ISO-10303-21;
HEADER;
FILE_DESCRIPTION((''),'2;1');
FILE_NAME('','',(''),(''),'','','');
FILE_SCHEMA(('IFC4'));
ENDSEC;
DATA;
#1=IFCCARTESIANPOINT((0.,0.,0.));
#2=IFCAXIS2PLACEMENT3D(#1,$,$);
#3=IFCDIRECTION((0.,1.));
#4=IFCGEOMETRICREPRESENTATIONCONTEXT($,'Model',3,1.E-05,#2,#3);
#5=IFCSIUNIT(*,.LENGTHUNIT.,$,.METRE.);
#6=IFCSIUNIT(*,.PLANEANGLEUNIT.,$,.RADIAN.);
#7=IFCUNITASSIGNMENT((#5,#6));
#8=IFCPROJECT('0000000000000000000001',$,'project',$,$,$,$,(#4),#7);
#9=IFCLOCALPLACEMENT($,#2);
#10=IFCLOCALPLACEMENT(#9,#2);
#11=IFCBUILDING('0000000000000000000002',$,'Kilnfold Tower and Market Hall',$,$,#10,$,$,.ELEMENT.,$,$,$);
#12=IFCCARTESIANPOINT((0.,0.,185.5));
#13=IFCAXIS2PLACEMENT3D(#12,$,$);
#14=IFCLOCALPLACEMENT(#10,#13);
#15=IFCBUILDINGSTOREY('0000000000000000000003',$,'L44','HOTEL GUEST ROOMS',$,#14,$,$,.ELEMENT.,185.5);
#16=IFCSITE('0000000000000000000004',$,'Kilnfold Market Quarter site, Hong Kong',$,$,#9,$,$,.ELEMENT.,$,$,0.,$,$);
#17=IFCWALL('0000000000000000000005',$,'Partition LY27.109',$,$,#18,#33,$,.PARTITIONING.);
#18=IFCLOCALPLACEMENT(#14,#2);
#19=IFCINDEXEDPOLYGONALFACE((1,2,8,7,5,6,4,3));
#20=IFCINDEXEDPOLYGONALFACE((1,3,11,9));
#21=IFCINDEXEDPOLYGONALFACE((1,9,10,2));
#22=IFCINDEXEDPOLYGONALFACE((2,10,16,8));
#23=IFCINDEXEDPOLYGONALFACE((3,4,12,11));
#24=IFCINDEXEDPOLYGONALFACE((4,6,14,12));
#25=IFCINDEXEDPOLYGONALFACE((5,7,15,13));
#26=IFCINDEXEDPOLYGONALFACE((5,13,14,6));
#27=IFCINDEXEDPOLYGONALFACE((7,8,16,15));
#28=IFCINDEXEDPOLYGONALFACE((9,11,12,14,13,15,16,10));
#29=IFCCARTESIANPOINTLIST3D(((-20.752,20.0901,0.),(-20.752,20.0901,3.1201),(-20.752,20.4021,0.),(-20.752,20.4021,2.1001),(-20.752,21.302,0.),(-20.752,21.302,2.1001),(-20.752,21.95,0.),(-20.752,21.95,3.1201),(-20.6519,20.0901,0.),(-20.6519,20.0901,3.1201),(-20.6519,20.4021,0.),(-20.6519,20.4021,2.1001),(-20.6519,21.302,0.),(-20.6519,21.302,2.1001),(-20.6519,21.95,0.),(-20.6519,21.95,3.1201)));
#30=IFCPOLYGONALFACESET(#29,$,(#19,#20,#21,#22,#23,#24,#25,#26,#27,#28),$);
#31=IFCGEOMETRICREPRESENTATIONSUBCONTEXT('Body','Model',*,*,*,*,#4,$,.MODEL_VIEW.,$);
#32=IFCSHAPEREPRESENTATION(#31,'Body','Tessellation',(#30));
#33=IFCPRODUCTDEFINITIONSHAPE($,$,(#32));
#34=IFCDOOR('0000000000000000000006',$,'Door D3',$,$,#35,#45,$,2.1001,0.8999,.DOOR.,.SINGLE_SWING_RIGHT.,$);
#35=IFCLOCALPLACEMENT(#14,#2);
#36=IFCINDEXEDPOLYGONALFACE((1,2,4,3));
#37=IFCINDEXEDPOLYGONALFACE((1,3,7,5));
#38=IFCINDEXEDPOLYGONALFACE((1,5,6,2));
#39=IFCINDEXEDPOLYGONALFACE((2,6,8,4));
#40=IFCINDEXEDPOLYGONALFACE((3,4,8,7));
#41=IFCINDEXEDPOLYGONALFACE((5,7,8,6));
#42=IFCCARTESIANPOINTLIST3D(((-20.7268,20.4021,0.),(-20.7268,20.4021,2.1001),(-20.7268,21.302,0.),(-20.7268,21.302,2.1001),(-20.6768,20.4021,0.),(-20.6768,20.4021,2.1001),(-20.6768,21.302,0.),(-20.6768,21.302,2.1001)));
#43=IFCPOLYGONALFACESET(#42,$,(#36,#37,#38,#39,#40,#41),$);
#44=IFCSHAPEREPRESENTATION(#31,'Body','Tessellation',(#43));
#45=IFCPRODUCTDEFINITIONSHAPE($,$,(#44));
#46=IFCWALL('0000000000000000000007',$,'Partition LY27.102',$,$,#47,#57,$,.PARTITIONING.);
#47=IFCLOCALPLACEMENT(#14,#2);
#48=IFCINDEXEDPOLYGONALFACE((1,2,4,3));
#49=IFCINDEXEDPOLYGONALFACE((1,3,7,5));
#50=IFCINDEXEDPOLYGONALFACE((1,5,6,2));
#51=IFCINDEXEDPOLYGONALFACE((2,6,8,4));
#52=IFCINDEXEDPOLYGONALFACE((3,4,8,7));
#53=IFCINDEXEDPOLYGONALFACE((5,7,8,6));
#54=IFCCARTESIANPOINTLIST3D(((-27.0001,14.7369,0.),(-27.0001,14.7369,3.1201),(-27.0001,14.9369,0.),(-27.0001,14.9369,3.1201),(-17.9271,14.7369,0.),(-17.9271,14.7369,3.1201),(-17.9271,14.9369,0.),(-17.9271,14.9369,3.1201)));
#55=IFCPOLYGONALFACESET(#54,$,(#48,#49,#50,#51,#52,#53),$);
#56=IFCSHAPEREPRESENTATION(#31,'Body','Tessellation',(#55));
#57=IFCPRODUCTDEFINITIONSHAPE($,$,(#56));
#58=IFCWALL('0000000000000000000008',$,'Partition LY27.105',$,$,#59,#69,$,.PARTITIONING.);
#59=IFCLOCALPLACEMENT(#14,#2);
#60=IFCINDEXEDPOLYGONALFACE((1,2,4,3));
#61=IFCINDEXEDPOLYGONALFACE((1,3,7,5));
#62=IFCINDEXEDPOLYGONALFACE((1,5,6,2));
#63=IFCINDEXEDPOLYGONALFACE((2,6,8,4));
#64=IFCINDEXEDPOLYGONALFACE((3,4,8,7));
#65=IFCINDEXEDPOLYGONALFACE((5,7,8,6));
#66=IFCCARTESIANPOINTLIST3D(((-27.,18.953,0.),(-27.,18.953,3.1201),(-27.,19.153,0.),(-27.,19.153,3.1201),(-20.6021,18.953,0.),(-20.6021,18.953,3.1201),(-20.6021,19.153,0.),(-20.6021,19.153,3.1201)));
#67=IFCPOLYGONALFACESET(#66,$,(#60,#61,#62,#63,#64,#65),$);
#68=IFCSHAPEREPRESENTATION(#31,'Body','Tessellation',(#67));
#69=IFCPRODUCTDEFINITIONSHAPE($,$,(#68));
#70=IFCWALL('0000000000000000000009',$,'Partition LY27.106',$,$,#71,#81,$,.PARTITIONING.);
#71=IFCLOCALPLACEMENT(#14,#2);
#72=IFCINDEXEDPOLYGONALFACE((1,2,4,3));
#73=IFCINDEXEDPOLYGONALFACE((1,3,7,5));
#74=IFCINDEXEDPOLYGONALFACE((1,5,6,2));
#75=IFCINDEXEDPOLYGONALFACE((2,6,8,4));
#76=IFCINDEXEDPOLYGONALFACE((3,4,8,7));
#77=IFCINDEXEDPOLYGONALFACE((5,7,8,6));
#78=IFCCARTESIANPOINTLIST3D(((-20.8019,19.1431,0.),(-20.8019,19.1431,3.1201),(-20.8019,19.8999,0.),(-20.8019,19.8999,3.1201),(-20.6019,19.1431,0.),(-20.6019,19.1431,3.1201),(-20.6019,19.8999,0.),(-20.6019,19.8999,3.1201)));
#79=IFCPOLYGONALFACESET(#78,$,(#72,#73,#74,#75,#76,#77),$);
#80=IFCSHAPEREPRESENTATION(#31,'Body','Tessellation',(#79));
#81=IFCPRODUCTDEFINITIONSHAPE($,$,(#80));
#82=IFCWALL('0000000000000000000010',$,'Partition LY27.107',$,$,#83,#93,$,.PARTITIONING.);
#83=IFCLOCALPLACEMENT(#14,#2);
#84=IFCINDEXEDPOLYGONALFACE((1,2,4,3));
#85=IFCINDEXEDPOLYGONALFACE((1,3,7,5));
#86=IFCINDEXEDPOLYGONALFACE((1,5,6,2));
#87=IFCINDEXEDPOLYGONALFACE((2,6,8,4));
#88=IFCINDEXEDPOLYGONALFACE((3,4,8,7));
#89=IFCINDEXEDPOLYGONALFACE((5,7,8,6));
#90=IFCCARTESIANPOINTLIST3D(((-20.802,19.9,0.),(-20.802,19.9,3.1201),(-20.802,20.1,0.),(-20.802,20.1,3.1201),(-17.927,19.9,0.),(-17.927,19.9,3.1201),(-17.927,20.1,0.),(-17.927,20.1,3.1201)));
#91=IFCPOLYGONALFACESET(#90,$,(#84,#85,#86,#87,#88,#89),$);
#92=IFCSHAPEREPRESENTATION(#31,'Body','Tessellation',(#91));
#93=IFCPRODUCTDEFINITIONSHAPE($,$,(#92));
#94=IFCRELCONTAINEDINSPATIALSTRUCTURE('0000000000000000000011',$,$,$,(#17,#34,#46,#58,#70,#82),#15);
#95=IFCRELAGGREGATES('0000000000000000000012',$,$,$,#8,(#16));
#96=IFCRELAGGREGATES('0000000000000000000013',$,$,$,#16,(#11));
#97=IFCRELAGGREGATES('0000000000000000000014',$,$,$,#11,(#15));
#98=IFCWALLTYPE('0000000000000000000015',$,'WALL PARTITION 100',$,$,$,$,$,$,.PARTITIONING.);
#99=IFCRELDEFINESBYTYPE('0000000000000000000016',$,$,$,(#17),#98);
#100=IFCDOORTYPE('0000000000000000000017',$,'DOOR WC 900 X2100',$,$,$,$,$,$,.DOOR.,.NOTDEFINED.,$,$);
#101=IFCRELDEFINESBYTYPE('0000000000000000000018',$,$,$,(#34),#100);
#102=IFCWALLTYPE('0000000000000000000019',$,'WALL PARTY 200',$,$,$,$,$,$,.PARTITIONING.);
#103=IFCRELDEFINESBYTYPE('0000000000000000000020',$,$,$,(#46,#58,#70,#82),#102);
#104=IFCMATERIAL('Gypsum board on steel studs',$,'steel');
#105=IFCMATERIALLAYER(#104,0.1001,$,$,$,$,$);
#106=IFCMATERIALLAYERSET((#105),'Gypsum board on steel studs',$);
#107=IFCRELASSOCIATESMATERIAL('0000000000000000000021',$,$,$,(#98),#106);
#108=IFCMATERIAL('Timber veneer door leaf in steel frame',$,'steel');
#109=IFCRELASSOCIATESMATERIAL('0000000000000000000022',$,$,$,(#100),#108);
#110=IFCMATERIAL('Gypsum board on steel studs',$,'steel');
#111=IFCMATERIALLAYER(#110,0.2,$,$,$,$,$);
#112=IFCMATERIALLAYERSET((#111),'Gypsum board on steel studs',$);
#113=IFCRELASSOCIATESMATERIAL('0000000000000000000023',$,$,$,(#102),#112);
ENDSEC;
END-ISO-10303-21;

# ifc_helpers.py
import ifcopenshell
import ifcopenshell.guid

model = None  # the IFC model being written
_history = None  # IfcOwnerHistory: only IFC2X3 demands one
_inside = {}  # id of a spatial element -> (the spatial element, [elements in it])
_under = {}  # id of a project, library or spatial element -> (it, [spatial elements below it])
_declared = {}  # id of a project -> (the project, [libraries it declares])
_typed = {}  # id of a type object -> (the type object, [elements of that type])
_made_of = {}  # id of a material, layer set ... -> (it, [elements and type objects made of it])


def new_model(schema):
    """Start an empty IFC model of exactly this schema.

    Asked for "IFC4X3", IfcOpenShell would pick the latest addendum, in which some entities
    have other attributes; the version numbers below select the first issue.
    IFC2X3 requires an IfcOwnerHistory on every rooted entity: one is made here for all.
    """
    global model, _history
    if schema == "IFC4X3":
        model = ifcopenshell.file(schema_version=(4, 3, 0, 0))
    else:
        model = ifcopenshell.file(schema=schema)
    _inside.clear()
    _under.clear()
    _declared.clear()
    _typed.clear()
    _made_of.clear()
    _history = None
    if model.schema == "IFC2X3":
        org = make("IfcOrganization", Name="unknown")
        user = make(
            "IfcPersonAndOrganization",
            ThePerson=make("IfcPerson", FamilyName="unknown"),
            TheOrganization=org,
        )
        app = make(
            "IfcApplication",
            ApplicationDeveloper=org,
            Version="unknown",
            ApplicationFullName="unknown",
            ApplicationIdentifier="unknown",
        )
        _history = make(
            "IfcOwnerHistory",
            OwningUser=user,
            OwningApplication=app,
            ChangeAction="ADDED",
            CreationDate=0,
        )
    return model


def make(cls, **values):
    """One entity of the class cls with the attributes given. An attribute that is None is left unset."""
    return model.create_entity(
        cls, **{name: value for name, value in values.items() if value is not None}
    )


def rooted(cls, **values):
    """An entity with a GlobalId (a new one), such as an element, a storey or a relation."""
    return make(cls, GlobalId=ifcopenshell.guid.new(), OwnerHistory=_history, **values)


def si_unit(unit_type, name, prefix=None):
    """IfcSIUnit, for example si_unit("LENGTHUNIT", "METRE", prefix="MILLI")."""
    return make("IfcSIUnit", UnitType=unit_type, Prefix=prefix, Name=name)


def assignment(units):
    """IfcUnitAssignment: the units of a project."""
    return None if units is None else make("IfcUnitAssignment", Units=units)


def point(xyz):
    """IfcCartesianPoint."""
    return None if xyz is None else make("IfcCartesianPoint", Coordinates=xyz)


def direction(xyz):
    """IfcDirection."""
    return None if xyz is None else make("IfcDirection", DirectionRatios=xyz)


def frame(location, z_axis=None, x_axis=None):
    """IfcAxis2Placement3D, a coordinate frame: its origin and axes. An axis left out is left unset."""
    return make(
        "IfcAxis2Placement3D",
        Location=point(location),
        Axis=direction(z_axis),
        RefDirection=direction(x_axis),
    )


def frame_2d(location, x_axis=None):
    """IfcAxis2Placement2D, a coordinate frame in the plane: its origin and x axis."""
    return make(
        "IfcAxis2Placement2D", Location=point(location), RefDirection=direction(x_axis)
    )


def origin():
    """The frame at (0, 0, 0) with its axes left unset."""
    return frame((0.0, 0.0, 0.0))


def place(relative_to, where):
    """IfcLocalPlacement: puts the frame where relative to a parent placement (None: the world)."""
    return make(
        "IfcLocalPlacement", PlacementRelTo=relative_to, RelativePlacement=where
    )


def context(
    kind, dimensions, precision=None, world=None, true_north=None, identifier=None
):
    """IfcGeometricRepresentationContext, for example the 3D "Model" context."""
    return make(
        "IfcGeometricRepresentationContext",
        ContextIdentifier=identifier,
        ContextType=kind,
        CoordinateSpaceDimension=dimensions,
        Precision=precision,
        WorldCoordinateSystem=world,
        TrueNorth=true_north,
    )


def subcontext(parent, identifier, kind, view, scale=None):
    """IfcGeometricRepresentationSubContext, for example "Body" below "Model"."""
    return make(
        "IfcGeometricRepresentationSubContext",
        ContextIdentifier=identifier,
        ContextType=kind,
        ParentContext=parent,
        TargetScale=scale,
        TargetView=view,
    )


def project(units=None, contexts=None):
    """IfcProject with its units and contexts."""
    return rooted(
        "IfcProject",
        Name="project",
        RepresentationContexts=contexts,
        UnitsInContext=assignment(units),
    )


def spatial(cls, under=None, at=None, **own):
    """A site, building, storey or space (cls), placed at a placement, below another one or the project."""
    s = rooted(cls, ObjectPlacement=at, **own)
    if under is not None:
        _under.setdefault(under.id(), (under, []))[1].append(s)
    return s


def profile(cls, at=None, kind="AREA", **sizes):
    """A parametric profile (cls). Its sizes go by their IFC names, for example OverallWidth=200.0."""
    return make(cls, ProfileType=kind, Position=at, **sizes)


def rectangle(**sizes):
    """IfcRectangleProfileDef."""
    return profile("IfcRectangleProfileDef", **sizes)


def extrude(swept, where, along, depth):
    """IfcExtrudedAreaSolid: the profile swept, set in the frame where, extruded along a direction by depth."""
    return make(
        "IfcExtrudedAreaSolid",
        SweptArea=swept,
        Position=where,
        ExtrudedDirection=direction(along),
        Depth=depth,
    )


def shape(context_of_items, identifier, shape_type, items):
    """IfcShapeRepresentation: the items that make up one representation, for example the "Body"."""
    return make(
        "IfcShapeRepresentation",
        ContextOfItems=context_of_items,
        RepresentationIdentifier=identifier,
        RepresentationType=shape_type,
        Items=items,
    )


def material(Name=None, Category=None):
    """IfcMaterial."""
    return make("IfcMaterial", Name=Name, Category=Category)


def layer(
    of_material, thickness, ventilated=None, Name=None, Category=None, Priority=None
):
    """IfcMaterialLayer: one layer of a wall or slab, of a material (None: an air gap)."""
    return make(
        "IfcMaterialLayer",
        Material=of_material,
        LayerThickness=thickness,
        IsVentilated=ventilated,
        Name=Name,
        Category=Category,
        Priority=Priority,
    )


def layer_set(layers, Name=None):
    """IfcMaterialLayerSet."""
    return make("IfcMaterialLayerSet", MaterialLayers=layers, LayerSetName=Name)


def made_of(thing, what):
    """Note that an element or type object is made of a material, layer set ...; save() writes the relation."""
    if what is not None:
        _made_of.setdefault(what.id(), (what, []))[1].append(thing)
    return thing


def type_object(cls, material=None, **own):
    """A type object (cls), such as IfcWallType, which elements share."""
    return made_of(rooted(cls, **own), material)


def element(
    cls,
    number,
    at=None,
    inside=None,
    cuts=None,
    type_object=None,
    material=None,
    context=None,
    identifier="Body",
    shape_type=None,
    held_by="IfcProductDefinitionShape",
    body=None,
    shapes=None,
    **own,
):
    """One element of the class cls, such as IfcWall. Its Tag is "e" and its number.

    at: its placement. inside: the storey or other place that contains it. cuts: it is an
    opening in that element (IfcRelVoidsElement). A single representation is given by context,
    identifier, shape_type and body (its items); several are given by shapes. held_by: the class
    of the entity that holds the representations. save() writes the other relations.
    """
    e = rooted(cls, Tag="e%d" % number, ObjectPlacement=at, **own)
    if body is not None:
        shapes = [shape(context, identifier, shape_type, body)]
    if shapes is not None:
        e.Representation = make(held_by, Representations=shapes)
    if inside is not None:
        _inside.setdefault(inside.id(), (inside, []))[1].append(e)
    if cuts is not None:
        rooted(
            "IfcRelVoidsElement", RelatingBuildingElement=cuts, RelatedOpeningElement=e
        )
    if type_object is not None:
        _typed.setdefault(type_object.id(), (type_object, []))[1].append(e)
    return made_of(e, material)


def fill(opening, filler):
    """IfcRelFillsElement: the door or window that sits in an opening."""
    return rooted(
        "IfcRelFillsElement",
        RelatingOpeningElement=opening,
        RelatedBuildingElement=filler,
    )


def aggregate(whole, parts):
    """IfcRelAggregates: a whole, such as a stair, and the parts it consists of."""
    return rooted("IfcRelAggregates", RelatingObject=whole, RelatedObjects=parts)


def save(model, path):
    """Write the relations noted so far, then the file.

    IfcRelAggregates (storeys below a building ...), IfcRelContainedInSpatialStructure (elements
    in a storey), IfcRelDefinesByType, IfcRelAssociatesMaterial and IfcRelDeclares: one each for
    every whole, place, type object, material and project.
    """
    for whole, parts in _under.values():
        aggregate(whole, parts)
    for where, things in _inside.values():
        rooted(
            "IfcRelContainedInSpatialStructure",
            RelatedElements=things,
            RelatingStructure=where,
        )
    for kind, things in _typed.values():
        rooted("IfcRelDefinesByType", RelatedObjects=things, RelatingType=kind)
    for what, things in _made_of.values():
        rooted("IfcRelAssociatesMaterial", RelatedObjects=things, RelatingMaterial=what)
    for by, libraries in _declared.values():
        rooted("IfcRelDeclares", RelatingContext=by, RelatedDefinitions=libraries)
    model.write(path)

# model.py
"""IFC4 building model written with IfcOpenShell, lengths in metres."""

from ifc_helpers import new_model, si_unit, direction, frame, frame_2d, origin, place, context, subcontext, project, spatial, rectangle, extrude, material, layer, layer_set, type_object, element, fill, save


model = new_model("IFC4")

# Units and contexts
model_context = context("Model", 3, precision=1e-05, world=origin(), true_north=direction((0.0, 1.0)))
body_context = subcontext(model_context, "Body", "Model", "MODEL_VIEW")
ifc_project = project(units=[si_unit("LENGTHUNIT", "METRE"), si_unit("PLANEANGLEUNIT", "RADIAN")], contexts=[model_context])

# Site, building, storey
site_placement = place(None, origin())
site = spatial("IfcSite", under=ifc_project, at=site_placement, Name="Kilnfold Market Quarter site, Hong Kong", CompositionType="ELEMENT", RefElevation=0.0)
building_placement = place(site_placement, origin())
building = spatial("IfcBuilding", under=site, at=building_placement, Name="Kilnfold Tower and Market Hall", CompositionType="ELEMENT")
storey_placement = place(building_placement, frame((0.0, 0.0, 185.5)))
storey = spatial("IfcBuildingStorey", under=building, at=storey_placement, Name="L44", Description="HOTEL GUEST ROOMS", CompositionType="ELEMENT", Elevation=185.5)

# Shared definitions
ifc_material_1 = material(Name="Gypsum board on steel studs", Category="steel")
ifc_layer_1 = layer(ifc_material_1, 0.1001)
ifc_layer_set_1 = layer_set([ifc_layer_1], Name="Gypsum board on steel studs")
wall_type_1 = type_object("IfcWallType", Name="WALL PARTITION 100", PredefinedType="PARTITIONING", material=ifc_layer_set_1)
ifc_material_2 = material(Name="Timber veneer door leaf in steel frame", Category="steel")
door_type_1 = type_object("IfcDoorType", Name="DOOR WC 900 X2100", OperationType="NOTDEFINED", PredefinedType="DOOR", material=ifc_material_2)

# Wall, opening, door
wall_1_placement = place(storey_placement, frame((-20.7019, 20.0901, 0.0), z_axis=(0.0, 0.0, 1.0), x_axis=(0.0, 1.0, 0.0)))
wall_1 = element("IfcWall", 1, at=wall_1_placement, inside=storey, type_object=wall_type_1, Name="Partition LY27.109", PredefinedType="PARTITIONING", context=body_context, shape_type="SweptSolid", body=[
    extrude(rectangle(XDim=1.8599, YDim=0.1001, at=frame_2d((0.9299, 0.0))), origin(), (0.0, 0.0, 1.0), 3.1201),
])
opening_1_placement = place(wall_1_placement, frame((0.312, 0.0, 0.0)))
opening_1 = element("IfcOpeningElement", 2, at=opening_1_placement, cuts=wall_1, PredefinedType="OPENING", context=body_context, shape_type="SweptSolid", body=[
    extrude(rectangle(XDim=0.8999, YDim=2.1001, at=frame_2d((0.45, 1.05))), frame((0.0, 0.0601, 0.0), z_axis=(0.0, -1.0, 0.0), x_axis=(1.0, 0.0, 0.0)), (0.0, 0.0, 1.0), 0.1201),
])
door_1_placement = place(opening_1_placement, origin())
door_1 = element("IfcDoor", 3, at=door_1_placement, inside=storey, type_object=door_type_1, Name="Door D3", OperationType="SINGLE_SWING_RIGHT", OverallHeight=2.1001, OverallWidth=0.8999, PredefinedType="DOOR", context=body_context, shape_type="SweptSolid", body=[
    extrude(rectangle(XDim=0.8999, YDim=2.1001, at=frame_2d((0.45, 1.05))), frame((0.0, 0.0249, 0.0), z_axis=(0.0, -1.0, 0.0), x_axis=(1.0, 0.0, 0.0)), (0.0, 0.0, 1.0), 0.05),
])
fill(opening_1, door_1)

# Walls
ifc_material_3 = material(Name="Gypsum board on steel studs", Category="steel")
ifc_layer_2 = layer(ifc_material_3, 0.2)
ifc_layer_set_2 = layer_set([ifc_layer_2], Name="Gypsum board on steel studs")
wall_type_2 = type_object("IfcWallType", Name="WALL PARTY 200", PredefinedType="PARTITIONING", material=ifc_layer_set_2)
wall_2_placement = place(storey_placement, frame((-17.927, 14.8369, 0.0), z_axis=(0.0, 0.0, 1.0), x_axis=(-1.0, 0.0, 0.0)))
element("IfcWall", 4, at=wall_2_placement, inside=storey, type_object=wall_type_2, Name="Partition LY27.102", PredefinedType="PARTITIONING", context=body_context, shape_type="SweptSolid", body=[
    extrude(rectangle(XDim=9.073, YDim=0.2, at=frame_2d((4.5366, 0.0))), origin(), (0.0, 0.0, 1.0), 3.1201),
])
wall_3_placement = place(storey_placement, frame((-20.6021, 19.053, 0.0), z_axis=(0.0, 0.0, 1.0), x_axis=(-1.0, 0.0, 0.0)))
element("IfcWall", 5, at=wall_3_placement, inside=storey, type_object=wall_type_2, Name="Partition LY27.105", PredefinedType="PARTITIONING", context=body_context, shape_type="SweptSolid", body=[
    extrude(rectangle(XDim=6.3979, YDim=0.2, at=frame_2d((3.199, 0.0))), origin(), (0.0, 0.0, 1.0), 3.1201),
])
wall_4_placement = place(storey_placement, frame((-20.7019, 19.8999, 0.0), z_axis=(0.0, 0.0, 1.0), x_axis=(0.0, -1.0, 0.0)))
element("IfcWall", 6, at=wall_4_placement, inside=storey, type_object=wall_type_2, Name="Partition LY27.106", PredefinedType="PARTITIONING", context=body_context, shape_type="SweptSolid", body=[
    extrude(rectangle(XDim=0.7568, YDim=0.2, at=frame_2d((0.3784, 0.0))), origin(), (0.0, 0.0, 1.0), 3.1201),
])
wall_5_placement = place(storey_placement, frame((-17.927, 20.0, 0.0), z_axis=(0.0, 0.0, 1.0), x_axis=(-1.0, 0.0, 0.0)))
element("IfcWall", 7, at=wall_5_placement, inside=storey, type_object=wall_type_2, Name="Partition LY27.107", PredefinedType="PARTITIONING", context=body_context, shape_type="SweptSolid", body=[
    extrude(rectangle(XDim=2.875, YDim=0.2, at=frame_2d((1.4375, 0.0))), origin(), (0.0, 0.0, 1.0), 3.1201),
])

save(model, "model.ifc")
